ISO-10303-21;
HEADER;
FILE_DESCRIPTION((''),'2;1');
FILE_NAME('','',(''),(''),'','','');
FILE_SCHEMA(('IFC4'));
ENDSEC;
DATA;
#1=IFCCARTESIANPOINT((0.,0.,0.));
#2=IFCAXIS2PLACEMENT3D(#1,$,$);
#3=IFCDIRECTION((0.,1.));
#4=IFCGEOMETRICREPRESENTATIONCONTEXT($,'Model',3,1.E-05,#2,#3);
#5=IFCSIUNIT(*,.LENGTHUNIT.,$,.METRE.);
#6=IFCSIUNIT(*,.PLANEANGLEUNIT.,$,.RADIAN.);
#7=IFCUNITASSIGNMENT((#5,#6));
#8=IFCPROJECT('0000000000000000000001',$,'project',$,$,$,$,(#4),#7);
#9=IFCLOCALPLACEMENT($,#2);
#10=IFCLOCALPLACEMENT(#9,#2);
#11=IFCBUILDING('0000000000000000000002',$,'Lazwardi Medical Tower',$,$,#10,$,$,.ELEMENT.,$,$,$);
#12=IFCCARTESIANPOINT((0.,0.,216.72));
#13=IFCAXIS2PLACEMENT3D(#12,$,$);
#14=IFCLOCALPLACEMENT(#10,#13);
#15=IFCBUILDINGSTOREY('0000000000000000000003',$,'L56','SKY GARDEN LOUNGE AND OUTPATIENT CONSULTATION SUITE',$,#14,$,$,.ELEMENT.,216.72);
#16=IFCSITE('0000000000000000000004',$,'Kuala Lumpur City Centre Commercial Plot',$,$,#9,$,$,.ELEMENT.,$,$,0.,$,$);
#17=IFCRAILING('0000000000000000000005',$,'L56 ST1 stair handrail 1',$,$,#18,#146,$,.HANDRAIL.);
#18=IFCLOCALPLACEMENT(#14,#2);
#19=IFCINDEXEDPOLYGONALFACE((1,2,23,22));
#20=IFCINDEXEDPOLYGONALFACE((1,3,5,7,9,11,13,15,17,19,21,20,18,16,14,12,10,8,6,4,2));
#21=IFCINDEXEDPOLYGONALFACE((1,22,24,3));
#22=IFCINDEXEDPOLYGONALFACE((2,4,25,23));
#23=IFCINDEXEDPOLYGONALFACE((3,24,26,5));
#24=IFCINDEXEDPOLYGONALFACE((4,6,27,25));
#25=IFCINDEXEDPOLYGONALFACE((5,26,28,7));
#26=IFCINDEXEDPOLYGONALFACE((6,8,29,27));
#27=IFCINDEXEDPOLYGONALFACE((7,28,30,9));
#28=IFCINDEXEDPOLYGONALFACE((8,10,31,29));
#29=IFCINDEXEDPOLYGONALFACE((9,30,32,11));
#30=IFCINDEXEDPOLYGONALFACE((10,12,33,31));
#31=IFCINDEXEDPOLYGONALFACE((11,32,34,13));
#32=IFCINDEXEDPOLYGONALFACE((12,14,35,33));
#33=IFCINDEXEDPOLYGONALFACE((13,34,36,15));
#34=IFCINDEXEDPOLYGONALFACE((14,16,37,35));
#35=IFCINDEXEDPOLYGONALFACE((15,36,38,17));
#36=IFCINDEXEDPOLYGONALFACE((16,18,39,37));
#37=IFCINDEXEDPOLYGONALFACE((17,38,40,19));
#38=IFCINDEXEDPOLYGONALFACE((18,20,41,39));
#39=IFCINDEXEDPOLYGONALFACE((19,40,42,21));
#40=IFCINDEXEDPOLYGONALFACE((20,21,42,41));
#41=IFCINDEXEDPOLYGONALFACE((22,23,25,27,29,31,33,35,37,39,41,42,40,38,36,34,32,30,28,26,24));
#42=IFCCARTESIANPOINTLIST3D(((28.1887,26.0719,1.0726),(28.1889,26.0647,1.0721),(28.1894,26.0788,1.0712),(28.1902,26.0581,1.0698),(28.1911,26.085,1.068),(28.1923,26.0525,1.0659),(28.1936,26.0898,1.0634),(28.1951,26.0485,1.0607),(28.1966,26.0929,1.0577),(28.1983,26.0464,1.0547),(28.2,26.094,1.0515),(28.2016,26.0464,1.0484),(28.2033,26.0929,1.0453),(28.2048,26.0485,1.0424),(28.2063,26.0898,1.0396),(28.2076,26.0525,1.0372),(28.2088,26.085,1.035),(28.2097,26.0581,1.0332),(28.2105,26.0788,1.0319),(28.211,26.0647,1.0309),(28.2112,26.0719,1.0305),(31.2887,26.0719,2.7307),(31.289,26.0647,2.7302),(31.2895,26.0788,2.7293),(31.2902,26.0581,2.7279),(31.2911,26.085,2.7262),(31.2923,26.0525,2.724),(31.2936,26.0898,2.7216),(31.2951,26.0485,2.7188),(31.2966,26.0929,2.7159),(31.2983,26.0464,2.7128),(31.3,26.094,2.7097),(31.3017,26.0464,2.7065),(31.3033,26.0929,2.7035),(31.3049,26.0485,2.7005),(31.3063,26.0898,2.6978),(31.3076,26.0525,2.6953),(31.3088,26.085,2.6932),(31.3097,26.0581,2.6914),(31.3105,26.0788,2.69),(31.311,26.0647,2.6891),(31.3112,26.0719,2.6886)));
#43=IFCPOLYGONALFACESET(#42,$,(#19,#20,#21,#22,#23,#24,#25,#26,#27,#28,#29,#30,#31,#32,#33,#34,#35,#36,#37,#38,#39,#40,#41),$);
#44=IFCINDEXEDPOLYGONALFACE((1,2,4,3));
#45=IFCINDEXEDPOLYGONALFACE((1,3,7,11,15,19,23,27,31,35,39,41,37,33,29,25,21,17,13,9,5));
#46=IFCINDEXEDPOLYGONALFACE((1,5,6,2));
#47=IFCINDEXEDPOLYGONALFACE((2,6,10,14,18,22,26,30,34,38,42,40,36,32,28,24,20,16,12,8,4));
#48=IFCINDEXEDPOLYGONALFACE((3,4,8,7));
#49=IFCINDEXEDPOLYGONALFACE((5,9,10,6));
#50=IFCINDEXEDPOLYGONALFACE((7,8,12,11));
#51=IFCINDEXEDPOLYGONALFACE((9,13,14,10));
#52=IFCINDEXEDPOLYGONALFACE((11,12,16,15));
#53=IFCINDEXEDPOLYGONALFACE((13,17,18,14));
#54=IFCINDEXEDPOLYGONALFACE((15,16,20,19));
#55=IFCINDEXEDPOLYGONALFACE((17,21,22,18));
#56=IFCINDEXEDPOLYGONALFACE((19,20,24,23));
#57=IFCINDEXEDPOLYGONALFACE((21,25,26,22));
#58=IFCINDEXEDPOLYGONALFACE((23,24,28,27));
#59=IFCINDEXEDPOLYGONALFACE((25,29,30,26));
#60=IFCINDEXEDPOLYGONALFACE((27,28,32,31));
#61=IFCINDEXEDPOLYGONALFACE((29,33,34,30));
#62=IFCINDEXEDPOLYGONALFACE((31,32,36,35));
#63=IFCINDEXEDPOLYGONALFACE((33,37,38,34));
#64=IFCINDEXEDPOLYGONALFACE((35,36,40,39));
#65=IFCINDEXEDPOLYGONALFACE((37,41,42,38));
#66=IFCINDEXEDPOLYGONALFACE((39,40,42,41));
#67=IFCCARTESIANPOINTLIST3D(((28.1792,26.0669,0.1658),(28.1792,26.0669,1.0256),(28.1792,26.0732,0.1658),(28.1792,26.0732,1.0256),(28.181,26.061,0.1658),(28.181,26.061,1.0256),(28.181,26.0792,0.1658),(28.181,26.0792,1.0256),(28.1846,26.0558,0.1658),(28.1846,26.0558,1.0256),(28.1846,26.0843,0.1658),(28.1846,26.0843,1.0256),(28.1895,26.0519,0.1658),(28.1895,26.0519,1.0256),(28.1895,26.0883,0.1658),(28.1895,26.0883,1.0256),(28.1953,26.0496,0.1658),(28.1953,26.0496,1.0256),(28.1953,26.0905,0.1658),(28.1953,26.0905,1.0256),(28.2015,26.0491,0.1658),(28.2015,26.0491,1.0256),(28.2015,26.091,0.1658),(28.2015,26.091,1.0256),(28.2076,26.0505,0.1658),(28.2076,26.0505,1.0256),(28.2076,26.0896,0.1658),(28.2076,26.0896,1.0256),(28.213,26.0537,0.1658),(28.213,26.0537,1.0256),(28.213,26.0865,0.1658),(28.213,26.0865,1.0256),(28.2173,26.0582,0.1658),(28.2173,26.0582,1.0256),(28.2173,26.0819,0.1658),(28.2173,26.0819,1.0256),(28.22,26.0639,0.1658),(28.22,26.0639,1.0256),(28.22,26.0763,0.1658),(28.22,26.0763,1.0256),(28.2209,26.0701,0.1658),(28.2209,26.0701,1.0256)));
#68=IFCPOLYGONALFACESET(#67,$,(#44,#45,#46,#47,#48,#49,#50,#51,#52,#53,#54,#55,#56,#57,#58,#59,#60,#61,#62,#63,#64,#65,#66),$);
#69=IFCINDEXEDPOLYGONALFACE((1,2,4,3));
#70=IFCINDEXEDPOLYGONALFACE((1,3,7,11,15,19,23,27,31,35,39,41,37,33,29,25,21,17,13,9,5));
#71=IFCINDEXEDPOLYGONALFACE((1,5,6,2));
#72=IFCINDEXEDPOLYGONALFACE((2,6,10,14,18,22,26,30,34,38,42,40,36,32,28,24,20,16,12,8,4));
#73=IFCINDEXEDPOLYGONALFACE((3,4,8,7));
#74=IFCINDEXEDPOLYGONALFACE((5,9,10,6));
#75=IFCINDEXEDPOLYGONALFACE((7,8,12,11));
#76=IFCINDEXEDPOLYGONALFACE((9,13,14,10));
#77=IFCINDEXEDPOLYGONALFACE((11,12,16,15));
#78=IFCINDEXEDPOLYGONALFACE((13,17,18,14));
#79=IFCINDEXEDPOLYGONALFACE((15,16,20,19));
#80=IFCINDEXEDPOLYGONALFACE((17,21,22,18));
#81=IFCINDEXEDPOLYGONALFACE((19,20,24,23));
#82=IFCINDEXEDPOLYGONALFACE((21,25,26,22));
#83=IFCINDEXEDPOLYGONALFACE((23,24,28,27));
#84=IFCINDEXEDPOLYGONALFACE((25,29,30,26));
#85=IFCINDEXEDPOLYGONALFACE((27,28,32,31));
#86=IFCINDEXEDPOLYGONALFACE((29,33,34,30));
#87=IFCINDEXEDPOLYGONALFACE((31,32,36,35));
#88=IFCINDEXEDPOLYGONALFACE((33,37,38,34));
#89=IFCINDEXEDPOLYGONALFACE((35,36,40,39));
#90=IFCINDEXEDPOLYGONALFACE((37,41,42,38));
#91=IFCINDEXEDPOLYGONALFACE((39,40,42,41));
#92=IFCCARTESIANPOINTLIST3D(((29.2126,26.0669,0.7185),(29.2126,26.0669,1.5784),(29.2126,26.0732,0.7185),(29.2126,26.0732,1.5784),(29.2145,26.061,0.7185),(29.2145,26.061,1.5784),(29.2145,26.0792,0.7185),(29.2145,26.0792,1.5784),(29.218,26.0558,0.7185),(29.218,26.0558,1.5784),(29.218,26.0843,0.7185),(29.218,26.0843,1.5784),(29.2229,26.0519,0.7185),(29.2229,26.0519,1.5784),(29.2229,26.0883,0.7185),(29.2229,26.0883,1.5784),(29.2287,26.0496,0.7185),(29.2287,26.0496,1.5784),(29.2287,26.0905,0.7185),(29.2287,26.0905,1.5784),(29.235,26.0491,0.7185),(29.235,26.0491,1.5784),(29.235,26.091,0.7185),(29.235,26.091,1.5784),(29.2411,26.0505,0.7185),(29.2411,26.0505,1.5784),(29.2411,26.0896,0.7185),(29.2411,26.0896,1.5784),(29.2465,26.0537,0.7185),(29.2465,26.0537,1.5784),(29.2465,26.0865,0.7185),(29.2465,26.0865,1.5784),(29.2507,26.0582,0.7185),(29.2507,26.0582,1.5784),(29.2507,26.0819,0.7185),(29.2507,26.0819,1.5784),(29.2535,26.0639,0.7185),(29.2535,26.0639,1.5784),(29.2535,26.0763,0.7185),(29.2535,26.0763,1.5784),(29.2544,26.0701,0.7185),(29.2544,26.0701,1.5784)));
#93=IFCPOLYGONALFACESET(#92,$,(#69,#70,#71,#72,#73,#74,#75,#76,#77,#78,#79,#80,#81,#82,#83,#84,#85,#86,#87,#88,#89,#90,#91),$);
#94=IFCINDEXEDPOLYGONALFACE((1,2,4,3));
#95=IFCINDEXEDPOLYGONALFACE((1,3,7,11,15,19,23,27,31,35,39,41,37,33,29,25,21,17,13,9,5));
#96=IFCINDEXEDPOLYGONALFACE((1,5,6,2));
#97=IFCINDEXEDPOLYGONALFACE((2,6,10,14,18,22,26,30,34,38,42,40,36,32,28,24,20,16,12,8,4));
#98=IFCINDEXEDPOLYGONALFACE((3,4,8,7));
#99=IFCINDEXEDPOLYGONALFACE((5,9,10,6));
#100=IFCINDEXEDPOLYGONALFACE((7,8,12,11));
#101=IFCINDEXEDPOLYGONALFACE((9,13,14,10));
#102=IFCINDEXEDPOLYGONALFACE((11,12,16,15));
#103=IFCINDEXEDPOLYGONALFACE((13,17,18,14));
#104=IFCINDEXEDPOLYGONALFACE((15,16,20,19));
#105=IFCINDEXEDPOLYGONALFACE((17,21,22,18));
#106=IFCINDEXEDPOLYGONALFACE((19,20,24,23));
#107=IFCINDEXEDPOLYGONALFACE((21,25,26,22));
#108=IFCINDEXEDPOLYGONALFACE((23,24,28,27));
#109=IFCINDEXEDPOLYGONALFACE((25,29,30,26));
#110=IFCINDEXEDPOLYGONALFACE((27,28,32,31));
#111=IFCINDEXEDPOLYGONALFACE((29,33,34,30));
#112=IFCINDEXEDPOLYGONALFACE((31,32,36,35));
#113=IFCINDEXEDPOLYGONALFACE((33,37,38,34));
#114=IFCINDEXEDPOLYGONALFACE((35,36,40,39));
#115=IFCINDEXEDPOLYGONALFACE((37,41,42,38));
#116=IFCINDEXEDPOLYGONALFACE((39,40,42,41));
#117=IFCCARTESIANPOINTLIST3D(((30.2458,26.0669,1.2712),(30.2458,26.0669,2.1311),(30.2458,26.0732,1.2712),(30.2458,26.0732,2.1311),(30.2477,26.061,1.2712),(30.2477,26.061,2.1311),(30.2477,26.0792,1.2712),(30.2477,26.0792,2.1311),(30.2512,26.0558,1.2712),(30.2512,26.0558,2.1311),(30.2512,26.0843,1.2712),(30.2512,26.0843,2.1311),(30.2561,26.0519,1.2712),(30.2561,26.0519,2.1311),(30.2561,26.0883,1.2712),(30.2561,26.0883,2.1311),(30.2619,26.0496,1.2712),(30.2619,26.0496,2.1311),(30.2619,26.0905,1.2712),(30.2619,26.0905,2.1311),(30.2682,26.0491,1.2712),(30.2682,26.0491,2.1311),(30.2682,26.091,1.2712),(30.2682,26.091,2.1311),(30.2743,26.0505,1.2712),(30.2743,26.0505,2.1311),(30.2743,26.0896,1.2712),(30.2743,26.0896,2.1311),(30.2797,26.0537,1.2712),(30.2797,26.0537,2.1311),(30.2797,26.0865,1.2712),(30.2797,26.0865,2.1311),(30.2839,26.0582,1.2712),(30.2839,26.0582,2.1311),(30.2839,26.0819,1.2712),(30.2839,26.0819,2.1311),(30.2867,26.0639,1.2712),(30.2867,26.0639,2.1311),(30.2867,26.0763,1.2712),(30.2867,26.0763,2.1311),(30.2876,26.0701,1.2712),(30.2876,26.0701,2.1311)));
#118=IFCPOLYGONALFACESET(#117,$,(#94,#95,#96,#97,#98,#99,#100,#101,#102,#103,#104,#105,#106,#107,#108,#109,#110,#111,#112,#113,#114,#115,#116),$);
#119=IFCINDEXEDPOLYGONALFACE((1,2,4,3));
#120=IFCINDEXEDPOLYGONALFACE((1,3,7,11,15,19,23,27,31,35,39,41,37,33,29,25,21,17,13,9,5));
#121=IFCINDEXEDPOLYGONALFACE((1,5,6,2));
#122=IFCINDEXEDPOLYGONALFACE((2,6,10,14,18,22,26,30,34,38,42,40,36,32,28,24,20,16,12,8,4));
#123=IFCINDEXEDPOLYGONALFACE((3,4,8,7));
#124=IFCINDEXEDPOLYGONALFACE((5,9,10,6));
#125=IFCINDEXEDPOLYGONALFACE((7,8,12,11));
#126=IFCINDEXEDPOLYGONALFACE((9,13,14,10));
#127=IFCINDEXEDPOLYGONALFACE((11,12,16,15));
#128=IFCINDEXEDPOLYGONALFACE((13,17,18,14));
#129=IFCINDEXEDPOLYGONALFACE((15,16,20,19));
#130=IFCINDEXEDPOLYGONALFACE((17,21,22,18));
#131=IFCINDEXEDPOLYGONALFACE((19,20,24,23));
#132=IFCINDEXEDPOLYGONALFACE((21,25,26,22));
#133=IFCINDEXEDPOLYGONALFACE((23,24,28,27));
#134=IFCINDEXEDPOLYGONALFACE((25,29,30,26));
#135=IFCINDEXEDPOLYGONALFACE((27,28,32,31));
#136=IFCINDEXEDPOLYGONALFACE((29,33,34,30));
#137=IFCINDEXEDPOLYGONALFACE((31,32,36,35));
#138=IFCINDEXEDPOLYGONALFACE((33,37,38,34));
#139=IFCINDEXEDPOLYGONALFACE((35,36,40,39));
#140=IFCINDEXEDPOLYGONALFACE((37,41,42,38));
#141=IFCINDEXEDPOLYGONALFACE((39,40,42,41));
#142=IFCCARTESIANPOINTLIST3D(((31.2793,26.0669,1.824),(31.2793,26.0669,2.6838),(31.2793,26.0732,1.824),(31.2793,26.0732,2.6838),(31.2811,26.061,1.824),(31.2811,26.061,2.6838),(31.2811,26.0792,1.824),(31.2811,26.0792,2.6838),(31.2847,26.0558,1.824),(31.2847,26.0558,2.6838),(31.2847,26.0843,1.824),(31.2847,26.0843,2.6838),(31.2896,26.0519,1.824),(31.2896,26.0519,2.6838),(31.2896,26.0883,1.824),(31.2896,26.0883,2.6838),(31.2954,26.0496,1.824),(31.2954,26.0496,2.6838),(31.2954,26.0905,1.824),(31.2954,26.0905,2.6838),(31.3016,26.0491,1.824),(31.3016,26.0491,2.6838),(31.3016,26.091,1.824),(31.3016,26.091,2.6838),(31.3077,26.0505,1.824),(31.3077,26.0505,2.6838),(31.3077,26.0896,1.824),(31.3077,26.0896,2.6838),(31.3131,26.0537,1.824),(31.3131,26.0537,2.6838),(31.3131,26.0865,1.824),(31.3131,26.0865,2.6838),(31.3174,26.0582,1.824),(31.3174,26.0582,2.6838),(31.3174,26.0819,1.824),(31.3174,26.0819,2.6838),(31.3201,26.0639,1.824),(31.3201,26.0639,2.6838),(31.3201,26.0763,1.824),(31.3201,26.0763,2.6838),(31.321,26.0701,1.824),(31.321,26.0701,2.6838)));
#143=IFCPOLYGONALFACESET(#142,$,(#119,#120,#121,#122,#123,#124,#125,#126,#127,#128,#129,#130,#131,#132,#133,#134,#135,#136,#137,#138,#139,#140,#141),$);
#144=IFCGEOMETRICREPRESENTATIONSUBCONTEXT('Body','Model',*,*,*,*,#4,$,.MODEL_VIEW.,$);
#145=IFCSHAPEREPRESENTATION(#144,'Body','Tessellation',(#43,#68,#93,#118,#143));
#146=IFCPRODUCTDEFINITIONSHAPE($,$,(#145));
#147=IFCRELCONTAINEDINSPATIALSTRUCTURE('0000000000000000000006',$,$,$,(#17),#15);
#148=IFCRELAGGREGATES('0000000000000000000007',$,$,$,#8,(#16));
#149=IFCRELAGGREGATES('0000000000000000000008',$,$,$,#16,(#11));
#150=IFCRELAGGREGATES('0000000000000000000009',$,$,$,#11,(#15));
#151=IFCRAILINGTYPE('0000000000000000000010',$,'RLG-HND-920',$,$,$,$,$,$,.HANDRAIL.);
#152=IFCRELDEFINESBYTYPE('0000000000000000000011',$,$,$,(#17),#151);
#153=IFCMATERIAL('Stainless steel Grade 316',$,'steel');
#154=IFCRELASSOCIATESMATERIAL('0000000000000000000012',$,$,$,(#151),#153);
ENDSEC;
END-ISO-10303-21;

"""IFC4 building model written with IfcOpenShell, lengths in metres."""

from ifc_helpers import new_model, si_unit, direction, frame, origin, origin_2d, place, context, subcontext, project, spatial, circle, extrude, material, type_object, element, save


model = new_model("IFC4")

# Units and contexts
model_context = context("Model", 3, precision=1e-05, world=origin(), true_north=direction((0.0, 1.0)))
body_context = subcontext(model_context, "Body", "Model", "MODEL_VIEW")
ifc_project = project(units=[si_unit("LENGTHUNIT", "METRE"), si_unit("PLANEANGLEUNIT", "RADIAN")], contexts=[model_context])

# Site, building, storey
site_placement = place(None, origin())
site = spatial("IfcSite", under=ifc_project, at=site_placement, Name="Kuala Lumpur City Centre Commercial Plot", CompositionType="ELEMENT", RefElevation=0.0)
building_placement = place(site_placement, origin())
building = spatial("IfcBuilding", under=site, at=building_placement, Name="Lazwardi Medical Tower", CompositionType="ELEMENT")
storey_placement = place(building_placement, frame((0.0, 0.0, 216.72)))
storey = spatial("IfcBuildingStorey", under=building, at=storey_placement, Name="L56", Description="SKY GARDEN LOUNGE AND OUTPATIENT CONSULTATION SUITE", CompositionType="ELEMENT", Elevation=216.72)

# Railing
ifc_material_1 = material(Name="Stainless steel Grade 316", Category="steel")
railing_type_1 = type_object("IfcRailingType", Name="RLG-HND-920", PredefinedType="HANDRAIL", material=ifc_material_1)
railing_1_placement = place(storey_placement, frame((28.2, 26.0701, 0.1658)))
element("IfcRailing", 1, at=railing_1_placement, inside=storey, type_object=railing_type_1, Name="L56 ST1 stair handrail 1", PredefinedType="HANDRAIL", context=body_context, shape_type="SweptSolid", body=[
    extrude(circle(Radius=0.0239, at=origin_2d()), frame((0.0, 0.0, 0.8857), z_axis=(0.881783, 0.0, 0.471655), x_axis=(0.0, 1.0, 0.0)), (0.0, 0.0, 1.0), 3.5156),
    extrude(circle(Radius=0.021, at=origin_2d()), origin(), (0.0, 0.0, 1.0), 0.8599),
    extrude(circle(Radius=0.021, at=origin_2d()), frame((1.0334, 0.0, 0.5527)), (0.0, 0.0, 1.0), 0.8599),
    extrude(circle(Radius=0.021, at=origin_2d()), frame((2.0667, 0.0, 1.1055)), (0.0, 0.0, 1.0), 0.8599),
    extrude(circle(Radius=0.021, at=origin_2d()), frame((3.1001, 0.0, 1.6582)), (0.0, 0.0, 1.0), 0.8599),
])

save(model, "model.ifc")
